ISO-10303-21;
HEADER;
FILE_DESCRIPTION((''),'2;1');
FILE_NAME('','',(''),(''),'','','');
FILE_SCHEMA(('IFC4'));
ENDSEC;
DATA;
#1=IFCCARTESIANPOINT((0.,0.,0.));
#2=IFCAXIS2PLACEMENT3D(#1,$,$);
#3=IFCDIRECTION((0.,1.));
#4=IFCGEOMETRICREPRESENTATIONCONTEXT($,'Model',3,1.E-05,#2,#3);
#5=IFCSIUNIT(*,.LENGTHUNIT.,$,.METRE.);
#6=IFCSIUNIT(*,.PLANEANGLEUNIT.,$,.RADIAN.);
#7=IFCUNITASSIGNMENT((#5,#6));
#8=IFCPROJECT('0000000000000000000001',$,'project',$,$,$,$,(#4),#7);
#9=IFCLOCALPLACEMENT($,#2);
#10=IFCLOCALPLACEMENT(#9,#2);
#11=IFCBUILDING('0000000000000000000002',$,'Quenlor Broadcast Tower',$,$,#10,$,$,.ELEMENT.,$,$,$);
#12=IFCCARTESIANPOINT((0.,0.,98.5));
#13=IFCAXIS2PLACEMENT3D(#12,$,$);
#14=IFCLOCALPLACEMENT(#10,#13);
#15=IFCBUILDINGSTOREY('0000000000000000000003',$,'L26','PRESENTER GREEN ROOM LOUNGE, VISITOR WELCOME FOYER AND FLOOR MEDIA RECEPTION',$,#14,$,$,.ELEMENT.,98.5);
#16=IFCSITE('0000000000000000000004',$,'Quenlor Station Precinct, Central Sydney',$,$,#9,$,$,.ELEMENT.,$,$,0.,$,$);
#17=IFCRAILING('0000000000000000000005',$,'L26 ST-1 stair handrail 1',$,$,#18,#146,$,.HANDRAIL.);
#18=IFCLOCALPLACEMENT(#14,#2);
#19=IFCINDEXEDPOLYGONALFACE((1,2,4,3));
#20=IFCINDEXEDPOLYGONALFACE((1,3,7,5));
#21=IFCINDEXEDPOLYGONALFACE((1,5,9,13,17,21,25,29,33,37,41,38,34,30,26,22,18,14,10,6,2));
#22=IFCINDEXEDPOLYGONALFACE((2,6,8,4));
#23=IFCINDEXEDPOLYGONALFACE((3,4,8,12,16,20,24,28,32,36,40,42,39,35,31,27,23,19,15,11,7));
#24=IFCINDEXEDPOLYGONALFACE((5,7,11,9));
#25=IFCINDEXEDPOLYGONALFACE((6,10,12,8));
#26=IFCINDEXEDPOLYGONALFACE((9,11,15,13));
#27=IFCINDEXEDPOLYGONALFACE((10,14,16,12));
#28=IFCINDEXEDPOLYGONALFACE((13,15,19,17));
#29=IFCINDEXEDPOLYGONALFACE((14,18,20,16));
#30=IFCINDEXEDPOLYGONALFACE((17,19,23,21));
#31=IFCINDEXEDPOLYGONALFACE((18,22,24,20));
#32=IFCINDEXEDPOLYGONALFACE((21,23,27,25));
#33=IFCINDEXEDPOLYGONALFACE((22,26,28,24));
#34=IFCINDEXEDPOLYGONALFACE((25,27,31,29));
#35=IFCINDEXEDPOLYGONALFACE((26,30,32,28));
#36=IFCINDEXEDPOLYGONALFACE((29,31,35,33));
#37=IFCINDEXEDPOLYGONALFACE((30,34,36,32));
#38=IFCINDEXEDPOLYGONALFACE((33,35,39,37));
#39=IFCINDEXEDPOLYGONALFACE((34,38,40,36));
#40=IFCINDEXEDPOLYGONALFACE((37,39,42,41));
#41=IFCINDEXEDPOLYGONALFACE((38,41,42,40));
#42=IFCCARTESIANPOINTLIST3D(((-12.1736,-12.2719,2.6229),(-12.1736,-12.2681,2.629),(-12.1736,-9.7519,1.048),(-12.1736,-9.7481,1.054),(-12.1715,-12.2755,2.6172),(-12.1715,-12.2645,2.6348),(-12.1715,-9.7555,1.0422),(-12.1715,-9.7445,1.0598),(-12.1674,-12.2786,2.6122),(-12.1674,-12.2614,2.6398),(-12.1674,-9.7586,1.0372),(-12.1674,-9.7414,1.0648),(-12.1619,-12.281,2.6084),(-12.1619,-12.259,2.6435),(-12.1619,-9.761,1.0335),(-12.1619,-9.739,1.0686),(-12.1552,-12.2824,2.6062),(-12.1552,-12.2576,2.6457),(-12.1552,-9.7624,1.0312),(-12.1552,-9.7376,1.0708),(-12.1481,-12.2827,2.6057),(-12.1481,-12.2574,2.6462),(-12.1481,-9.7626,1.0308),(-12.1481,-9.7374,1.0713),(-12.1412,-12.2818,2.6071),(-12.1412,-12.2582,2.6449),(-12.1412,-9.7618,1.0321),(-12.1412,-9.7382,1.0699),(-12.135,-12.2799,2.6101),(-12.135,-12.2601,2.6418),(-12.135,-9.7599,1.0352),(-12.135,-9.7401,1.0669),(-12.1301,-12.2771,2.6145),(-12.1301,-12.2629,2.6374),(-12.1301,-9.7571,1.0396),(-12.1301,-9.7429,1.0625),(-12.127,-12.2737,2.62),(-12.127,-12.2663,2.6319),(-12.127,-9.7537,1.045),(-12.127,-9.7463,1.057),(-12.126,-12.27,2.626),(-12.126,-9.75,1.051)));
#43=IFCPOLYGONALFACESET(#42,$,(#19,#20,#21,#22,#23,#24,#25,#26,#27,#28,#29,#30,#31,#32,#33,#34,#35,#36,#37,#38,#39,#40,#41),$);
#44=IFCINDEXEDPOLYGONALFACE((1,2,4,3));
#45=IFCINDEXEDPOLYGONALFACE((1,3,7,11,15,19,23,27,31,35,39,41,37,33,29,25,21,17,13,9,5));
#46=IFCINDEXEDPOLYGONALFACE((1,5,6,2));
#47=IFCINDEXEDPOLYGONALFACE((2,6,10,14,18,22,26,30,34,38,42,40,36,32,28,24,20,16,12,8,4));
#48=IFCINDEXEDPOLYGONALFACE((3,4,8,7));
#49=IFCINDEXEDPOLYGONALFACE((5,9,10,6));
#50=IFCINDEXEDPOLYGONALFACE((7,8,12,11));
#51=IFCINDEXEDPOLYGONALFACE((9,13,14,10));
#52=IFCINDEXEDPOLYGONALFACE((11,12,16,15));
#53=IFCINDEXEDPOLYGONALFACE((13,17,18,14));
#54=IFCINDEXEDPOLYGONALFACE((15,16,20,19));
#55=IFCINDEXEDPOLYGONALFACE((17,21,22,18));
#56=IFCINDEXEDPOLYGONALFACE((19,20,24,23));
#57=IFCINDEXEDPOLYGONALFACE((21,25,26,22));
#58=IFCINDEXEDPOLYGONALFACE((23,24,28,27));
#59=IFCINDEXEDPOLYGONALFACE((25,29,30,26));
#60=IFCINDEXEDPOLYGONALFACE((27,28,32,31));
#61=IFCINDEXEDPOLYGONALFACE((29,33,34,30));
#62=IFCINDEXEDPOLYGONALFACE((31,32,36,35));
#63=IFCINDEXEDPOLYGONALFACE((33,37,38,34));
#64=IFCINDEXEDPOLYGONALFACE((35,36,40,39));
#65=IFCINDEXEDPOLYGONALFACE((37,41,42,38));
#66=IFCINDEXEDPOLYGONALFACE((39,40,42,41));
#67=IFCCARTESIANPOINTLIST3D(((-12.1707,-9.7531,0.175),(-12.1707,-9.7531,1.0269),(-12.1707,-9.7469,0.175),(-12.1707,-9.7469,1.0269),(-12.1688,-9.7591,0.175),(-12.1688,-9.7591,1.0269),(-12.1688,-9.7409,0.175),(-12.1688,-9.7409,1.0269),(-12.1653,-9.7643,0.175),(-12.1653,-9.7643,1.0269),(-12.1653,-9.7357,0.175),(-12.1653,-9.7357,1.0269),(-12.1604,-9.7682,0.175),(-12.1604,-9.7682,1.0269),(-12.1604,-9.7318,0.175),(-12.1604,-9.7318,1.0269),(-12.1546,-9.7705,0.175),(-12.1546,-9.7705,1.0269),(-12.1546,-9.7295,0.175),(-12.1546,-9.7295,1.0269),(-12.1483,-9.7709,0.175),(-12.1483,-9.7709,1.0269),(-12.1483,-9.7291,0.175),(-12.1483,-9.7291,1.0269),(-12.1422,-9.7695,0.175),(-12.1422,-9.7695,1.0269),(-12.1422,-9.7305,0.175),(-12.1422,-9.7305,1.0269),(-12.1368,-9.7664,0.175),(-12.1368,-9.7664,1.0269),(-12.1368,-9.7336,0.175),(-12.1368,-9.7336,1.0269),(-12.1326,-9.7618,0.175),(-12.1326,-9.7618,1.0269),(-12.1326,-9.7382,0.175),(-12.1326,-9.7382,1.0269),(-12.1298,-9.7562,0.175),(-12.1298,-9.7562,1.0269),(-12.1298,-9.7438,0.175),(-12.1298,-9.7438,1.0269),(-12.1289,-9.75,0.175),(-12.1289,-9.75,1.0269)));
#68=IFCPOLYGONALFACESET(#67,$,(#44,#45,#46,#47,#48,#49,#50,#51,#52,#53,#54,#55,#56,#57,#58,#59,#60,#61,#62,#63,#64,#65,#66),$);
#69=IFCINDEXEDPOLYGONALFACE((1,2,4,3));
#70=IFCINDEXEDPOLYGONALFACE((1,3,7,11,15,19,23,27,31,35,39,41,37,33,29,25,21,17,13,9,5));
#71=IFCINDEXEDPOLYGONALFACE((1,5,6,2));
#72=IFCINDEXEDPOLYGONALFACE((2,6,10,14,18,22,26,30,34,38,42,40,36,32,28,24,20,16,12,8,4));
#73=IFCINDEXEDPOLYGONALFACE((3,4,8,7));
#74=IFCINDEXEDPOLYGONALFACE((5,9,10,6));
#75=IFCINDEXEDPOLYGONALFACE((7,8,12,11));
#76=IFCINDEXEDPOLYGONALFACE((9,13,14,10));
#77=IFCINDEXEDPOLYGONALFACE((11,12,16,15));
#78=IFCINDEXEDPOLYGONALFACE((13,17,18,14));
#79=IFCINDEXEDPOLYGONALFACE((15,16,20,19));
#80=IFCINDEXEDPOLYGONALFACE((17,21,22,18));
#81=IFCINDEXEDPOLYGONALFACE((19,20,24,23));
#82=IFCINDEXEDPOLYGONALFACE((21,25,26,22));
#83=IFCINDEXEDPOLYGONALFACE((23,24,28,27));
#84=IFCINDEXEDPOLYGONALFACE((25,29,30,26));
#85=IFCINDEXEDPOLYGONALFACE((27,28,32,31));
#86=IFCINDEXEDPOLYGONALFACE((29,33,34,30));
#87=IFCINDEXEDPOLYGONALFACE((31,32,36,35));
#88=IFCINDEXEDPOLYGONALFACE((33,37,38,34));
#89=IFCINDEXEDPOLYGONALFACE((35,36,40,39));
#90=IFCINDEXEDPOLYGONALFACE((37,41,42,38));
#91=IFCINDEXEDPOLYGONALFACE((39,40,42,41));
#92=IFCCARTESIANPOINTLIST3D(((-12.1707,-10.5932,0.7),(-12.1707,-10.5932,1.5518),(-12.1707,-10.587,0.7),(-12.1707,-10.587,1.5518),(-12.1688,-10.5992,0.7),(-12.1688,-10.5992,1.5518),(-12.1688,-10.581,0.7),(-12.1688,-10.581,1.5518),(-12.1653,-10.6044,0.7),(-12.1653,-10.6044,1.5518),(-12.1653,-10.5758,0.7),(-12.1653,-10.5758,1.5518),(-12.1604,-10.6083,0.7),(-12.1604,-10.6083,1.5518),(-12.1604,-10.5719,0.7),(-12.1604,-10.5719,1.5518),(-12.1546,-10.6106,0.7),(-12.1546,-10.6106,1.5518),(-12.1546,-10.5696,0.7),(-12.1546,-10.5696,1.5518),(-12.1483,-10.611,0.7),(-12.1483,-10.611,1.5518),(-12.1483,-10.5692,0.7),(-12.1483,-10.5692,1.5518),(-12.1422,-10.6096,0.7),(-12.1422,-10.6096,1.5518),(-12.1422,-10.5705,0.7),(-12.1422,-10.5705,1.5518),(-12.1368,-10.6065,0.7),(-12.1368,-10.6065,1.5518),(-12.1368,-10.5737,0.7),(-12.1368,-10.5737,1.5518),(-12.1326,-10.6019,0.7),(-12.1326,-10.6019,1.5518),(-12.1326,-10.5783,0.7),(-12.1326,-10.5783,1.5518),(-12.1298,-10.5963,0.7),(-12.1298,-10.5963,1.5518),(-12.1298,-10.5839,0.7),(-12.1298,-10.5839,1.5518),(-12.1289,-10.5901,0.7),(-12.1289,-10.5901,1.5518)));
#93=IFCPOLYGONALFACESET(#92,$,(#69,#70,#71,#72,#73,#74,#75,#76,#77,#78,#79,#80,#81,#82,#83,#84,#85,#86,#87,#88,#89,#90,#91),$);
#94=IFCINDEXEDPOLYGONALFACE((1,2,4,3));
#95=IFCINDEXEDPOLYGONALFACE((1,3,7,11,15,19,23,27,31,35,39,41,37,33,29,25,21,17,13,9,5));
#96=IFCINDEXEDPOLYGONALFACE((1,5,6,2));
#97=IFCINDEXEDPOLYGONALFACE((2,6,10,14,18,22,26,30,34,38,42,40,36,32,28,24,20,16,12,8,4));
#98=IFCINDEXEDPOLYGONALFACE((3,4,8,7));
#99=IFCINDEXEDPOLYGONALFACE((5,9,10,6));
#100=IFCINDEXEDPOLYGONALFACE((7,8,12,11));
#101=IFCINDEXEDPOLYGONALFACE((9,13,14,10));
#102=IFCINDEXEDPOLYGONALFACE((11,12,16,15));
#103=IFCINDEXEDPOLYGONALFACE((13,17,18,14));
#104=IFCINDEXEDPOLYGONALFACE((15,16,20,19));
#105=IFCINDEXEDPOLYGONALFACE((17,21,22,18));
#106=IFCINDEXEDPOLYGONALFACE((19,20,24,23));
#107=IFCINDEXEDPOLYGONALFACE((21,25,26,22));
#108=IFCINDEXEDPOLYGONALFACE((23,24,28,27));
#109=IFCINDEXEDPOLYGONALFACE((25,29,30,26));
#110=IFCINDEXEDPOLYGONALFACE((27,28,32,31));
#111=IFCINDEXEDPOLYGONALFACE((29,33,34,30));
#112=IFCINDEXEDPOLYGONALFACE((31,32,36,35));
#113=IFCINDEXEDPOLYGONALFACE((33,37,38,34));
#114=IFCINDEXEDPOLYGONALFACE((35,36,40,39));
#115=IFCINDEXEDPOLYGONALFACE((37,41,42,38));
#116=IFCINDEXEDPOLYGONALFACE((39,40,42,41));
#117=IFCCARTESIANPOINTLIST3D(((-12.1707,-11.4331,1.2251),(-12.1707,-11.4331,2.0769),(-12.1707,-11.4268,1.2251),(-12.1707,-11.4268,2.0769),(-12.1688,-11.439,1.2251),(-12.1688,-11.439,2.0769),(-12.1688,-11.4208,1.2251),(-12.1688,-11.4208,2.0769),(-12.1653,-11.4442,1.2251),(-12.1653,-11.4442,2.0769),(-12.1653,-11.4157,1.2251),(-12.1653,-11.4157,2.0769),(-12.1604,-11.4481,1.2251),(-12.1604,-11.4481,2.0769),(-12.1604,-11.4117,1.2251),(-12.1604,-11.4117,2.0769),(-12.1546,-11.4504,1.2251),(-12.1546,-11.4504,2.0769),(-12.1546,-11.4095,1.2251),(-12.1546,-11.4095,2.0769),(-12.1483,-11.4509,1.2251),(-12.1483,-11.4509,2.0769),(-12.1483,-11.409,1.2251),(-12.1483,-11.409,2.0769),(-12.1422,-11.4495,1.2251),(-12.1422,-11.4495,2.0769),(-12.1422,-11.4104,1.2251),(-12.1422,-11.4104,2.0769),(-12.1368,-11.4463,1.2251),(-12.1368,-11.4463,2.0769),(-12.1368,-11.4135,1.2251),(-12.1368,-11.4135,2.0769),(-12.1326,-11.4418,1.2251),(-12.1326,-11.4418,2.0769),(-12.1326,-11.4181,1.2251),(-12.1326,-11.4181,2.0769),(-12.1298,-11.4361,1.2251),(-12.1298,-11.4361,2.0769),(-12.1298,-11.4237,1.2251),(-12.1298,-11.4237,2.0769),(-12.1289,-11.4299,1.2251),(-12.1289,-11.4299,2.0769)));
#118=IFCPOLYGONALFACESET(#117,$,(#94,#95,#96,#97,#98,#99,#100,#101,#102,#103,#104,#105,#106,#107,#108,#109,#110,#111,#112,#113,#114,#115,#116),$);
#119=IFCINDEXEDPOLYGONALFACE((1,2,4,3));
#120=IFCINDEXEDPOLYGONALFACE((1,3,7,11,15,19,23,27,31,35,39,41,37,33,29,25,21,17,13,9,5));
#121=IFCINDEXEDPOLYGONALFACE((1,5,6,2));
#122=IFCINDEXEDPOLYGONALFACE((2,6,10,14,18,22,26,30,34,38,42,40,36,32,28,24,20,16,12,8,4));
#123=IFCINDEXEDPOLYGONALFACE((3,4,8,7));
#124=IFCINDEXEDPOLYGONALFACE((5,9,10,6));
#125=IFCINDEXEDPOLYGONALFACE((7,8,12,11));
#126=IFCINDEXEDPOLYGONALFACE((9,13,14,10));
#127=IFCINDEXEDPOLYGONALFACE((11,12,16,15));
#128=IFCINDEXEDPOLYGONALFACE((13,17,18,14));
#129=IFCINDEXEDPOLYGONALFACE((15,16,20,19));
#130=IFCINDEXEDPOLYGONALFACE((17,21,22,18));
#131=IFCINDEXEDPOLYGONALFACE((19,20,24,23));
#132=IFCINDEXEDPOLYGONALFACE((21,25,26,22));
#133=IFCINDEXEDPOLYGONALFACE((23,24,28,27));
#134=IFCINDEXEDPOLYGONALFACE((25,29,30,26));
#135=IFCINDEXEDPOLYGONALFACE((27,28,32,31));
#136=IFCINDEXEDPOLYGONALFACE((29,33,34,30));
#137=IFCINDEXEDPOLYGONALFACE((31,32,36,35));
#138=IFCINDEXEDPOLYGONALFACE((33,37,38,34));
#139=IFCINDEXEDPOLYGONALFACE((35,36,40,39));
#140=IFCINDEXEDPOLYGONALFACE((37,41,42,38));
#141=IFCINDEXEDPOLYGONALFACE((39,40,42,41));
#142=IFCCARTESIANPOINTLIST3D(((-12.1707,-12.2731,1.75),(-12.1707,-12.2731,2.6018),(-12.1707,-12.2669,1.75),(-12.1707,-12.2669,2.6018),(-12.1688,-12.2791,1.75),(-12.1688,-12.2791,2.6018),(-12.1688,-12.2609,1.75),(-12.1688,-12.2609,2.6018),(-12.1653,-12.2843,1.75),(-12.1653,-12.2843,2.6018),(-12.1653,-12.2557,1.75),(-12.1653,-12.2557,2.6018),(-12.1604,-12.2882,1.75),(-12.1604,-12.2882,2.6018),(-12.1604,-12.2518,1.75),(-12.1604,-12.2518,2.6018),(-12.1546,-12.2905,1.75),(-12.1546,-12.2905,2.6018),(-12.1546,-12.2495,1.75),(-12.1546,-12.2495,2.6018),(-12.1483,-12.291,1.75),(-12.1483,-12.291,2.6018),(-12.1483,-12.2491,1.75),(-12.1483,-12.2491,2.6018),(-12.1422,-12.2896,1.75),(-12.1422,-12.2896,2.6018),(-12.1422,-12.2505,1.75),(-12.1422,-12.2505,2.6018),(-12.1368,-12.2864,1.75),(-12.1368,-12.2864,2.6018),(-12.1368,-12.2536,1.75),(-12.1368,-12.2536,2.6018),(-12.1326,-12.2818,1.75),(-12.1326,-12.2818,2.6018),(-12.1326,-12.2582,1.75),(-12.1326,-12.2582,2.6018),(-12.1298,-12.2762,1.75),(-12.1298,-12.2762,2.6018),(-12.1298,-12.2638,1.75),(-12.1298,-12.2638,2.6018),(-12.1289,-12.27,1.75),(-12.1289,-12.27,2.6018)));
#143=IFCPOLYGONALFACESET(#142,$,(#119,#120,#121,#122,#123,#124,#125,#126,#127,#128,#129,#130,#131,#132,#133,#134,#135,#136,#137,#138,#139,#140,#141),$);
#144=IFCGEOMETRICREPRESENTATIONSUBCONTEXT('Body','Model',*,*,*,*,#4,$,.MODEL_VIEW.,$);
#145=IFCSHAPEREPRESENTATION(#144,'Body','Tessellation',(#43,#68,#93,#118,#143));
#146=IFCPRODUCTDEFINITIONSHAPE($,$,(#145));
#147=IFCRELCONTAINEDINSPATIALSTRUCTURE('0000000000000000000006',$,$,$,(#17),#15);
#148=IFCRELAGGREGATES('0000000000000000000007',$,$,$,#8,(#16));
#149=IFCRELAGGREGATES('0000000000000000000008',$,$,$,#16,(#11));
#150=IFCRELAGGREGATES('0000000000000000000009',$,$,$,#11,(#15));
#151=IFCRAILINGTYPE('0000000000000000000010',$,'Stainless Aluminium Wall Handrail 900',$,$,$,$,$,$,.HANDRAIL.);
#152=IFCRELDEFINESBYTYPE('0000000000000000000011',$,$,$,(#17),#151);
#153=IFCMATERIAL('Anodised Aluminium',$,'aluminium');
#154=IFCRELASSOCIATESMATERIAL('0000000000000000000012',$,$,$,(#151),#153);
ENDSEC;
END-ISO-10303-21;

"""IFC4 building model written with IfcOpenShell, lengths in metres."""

from ifc_helpers import new_model, si_unit, direction, frame, origin, origin_2d, place, context, subcontext, project, spatial, circle, extrude, material, type_object, element, save


model = new_model("IFC4")

# Units and contexts
model_context = context("Model", 3, precision=1e-05, world=origin(), true_north=direction((0.0, 1.0)))
body_context = subcontext(model_context, "Body", "Model", "MODEL_VIEW")
ifc_project = project(units=[si_unit("LENGTHUNIT", "METRE"), si_unit("PLANEANGLEUNIT", "RADIAN")], contexts=[model_context])

# Site, building, storey
site_placement = place(None, origin())
site = spatial("IfcSite", under=ifc_project, at=site_placement, Name="Quenlor Station Precinct, Central Sydney", CompositionType="ELEMENT", RefElevation=0.0)
building_placement = place(site_placement, origin())
building = spatial("IfcBuilding", under=site, at=building_placement, Name="Quenlor Broadcast Tower", CompositionType="ELEMENT")
storey_placement = place(building_placement, frame((0.0, 0.0, 98.5)))
storey = spatial("IfcBuildingStorey", under=building, at=storey_placement, Name="L26", Description="PRESENTER GREEN ROOM LOUNGE, VISITOR WELCOME FOYER AND FLOOR MEDIA RECEPTION", CompositionType="ELEMENT", Elevation=98.5)

# Railing
ifc_material_1 = material(Name="Anodised Aluminium", Category="aluminium")
railing_type_1 = type_object("IfcRailingType", Name="Stainless Aluminium Wall Handrail 900", PredefinedType="HANDRAIL", material=ifc_material_1)
railing_1_placement = place(storey_placement, frame((-12.1499, -9.75, 0.175)))
element("IfcRailing", 1, at=railing_1_placement, inside=storey, type_object=railing_type_1, Name="L26 ST-1 stair handrail 1", PredefinedType="HANDRAIL", context=body_context, shape_type="SweptSolid", body=[
    extrude(circle(Radius=0.0239, at=origin_2d()), frame((0.0, 0.0, 0.876), z_axis=(0.0, -0.848008, 0.529984), x_axis=(1.0, 0.0, 0.0)), (0.0, 0.0, 1.0), 2.9717),
    extrude(circle(Radius=0.021, at=origin_2d()), origin(), (0.0, 0.0, 1.0), 0.8518),
    extrude(circle(Radius=0.021, at=origin_2d()), frame((0.0, -0.8401, 0.5249)), (0.0, 0.0, 1.0), 0.8518),
    extrude(circle(Radius=0.021, at=origin_2d()), frame((0.0, -1.6799, 1.05)), (0.0, 0.0, 1.0), 0.8518),
    extrude(circle(Radius=0.021, at=origin_2d()), frame((0.0, -2.52, 1.575)), (0.0, 0.0, 1.0), 0.8518),
])

save(model, "model.ifc")
